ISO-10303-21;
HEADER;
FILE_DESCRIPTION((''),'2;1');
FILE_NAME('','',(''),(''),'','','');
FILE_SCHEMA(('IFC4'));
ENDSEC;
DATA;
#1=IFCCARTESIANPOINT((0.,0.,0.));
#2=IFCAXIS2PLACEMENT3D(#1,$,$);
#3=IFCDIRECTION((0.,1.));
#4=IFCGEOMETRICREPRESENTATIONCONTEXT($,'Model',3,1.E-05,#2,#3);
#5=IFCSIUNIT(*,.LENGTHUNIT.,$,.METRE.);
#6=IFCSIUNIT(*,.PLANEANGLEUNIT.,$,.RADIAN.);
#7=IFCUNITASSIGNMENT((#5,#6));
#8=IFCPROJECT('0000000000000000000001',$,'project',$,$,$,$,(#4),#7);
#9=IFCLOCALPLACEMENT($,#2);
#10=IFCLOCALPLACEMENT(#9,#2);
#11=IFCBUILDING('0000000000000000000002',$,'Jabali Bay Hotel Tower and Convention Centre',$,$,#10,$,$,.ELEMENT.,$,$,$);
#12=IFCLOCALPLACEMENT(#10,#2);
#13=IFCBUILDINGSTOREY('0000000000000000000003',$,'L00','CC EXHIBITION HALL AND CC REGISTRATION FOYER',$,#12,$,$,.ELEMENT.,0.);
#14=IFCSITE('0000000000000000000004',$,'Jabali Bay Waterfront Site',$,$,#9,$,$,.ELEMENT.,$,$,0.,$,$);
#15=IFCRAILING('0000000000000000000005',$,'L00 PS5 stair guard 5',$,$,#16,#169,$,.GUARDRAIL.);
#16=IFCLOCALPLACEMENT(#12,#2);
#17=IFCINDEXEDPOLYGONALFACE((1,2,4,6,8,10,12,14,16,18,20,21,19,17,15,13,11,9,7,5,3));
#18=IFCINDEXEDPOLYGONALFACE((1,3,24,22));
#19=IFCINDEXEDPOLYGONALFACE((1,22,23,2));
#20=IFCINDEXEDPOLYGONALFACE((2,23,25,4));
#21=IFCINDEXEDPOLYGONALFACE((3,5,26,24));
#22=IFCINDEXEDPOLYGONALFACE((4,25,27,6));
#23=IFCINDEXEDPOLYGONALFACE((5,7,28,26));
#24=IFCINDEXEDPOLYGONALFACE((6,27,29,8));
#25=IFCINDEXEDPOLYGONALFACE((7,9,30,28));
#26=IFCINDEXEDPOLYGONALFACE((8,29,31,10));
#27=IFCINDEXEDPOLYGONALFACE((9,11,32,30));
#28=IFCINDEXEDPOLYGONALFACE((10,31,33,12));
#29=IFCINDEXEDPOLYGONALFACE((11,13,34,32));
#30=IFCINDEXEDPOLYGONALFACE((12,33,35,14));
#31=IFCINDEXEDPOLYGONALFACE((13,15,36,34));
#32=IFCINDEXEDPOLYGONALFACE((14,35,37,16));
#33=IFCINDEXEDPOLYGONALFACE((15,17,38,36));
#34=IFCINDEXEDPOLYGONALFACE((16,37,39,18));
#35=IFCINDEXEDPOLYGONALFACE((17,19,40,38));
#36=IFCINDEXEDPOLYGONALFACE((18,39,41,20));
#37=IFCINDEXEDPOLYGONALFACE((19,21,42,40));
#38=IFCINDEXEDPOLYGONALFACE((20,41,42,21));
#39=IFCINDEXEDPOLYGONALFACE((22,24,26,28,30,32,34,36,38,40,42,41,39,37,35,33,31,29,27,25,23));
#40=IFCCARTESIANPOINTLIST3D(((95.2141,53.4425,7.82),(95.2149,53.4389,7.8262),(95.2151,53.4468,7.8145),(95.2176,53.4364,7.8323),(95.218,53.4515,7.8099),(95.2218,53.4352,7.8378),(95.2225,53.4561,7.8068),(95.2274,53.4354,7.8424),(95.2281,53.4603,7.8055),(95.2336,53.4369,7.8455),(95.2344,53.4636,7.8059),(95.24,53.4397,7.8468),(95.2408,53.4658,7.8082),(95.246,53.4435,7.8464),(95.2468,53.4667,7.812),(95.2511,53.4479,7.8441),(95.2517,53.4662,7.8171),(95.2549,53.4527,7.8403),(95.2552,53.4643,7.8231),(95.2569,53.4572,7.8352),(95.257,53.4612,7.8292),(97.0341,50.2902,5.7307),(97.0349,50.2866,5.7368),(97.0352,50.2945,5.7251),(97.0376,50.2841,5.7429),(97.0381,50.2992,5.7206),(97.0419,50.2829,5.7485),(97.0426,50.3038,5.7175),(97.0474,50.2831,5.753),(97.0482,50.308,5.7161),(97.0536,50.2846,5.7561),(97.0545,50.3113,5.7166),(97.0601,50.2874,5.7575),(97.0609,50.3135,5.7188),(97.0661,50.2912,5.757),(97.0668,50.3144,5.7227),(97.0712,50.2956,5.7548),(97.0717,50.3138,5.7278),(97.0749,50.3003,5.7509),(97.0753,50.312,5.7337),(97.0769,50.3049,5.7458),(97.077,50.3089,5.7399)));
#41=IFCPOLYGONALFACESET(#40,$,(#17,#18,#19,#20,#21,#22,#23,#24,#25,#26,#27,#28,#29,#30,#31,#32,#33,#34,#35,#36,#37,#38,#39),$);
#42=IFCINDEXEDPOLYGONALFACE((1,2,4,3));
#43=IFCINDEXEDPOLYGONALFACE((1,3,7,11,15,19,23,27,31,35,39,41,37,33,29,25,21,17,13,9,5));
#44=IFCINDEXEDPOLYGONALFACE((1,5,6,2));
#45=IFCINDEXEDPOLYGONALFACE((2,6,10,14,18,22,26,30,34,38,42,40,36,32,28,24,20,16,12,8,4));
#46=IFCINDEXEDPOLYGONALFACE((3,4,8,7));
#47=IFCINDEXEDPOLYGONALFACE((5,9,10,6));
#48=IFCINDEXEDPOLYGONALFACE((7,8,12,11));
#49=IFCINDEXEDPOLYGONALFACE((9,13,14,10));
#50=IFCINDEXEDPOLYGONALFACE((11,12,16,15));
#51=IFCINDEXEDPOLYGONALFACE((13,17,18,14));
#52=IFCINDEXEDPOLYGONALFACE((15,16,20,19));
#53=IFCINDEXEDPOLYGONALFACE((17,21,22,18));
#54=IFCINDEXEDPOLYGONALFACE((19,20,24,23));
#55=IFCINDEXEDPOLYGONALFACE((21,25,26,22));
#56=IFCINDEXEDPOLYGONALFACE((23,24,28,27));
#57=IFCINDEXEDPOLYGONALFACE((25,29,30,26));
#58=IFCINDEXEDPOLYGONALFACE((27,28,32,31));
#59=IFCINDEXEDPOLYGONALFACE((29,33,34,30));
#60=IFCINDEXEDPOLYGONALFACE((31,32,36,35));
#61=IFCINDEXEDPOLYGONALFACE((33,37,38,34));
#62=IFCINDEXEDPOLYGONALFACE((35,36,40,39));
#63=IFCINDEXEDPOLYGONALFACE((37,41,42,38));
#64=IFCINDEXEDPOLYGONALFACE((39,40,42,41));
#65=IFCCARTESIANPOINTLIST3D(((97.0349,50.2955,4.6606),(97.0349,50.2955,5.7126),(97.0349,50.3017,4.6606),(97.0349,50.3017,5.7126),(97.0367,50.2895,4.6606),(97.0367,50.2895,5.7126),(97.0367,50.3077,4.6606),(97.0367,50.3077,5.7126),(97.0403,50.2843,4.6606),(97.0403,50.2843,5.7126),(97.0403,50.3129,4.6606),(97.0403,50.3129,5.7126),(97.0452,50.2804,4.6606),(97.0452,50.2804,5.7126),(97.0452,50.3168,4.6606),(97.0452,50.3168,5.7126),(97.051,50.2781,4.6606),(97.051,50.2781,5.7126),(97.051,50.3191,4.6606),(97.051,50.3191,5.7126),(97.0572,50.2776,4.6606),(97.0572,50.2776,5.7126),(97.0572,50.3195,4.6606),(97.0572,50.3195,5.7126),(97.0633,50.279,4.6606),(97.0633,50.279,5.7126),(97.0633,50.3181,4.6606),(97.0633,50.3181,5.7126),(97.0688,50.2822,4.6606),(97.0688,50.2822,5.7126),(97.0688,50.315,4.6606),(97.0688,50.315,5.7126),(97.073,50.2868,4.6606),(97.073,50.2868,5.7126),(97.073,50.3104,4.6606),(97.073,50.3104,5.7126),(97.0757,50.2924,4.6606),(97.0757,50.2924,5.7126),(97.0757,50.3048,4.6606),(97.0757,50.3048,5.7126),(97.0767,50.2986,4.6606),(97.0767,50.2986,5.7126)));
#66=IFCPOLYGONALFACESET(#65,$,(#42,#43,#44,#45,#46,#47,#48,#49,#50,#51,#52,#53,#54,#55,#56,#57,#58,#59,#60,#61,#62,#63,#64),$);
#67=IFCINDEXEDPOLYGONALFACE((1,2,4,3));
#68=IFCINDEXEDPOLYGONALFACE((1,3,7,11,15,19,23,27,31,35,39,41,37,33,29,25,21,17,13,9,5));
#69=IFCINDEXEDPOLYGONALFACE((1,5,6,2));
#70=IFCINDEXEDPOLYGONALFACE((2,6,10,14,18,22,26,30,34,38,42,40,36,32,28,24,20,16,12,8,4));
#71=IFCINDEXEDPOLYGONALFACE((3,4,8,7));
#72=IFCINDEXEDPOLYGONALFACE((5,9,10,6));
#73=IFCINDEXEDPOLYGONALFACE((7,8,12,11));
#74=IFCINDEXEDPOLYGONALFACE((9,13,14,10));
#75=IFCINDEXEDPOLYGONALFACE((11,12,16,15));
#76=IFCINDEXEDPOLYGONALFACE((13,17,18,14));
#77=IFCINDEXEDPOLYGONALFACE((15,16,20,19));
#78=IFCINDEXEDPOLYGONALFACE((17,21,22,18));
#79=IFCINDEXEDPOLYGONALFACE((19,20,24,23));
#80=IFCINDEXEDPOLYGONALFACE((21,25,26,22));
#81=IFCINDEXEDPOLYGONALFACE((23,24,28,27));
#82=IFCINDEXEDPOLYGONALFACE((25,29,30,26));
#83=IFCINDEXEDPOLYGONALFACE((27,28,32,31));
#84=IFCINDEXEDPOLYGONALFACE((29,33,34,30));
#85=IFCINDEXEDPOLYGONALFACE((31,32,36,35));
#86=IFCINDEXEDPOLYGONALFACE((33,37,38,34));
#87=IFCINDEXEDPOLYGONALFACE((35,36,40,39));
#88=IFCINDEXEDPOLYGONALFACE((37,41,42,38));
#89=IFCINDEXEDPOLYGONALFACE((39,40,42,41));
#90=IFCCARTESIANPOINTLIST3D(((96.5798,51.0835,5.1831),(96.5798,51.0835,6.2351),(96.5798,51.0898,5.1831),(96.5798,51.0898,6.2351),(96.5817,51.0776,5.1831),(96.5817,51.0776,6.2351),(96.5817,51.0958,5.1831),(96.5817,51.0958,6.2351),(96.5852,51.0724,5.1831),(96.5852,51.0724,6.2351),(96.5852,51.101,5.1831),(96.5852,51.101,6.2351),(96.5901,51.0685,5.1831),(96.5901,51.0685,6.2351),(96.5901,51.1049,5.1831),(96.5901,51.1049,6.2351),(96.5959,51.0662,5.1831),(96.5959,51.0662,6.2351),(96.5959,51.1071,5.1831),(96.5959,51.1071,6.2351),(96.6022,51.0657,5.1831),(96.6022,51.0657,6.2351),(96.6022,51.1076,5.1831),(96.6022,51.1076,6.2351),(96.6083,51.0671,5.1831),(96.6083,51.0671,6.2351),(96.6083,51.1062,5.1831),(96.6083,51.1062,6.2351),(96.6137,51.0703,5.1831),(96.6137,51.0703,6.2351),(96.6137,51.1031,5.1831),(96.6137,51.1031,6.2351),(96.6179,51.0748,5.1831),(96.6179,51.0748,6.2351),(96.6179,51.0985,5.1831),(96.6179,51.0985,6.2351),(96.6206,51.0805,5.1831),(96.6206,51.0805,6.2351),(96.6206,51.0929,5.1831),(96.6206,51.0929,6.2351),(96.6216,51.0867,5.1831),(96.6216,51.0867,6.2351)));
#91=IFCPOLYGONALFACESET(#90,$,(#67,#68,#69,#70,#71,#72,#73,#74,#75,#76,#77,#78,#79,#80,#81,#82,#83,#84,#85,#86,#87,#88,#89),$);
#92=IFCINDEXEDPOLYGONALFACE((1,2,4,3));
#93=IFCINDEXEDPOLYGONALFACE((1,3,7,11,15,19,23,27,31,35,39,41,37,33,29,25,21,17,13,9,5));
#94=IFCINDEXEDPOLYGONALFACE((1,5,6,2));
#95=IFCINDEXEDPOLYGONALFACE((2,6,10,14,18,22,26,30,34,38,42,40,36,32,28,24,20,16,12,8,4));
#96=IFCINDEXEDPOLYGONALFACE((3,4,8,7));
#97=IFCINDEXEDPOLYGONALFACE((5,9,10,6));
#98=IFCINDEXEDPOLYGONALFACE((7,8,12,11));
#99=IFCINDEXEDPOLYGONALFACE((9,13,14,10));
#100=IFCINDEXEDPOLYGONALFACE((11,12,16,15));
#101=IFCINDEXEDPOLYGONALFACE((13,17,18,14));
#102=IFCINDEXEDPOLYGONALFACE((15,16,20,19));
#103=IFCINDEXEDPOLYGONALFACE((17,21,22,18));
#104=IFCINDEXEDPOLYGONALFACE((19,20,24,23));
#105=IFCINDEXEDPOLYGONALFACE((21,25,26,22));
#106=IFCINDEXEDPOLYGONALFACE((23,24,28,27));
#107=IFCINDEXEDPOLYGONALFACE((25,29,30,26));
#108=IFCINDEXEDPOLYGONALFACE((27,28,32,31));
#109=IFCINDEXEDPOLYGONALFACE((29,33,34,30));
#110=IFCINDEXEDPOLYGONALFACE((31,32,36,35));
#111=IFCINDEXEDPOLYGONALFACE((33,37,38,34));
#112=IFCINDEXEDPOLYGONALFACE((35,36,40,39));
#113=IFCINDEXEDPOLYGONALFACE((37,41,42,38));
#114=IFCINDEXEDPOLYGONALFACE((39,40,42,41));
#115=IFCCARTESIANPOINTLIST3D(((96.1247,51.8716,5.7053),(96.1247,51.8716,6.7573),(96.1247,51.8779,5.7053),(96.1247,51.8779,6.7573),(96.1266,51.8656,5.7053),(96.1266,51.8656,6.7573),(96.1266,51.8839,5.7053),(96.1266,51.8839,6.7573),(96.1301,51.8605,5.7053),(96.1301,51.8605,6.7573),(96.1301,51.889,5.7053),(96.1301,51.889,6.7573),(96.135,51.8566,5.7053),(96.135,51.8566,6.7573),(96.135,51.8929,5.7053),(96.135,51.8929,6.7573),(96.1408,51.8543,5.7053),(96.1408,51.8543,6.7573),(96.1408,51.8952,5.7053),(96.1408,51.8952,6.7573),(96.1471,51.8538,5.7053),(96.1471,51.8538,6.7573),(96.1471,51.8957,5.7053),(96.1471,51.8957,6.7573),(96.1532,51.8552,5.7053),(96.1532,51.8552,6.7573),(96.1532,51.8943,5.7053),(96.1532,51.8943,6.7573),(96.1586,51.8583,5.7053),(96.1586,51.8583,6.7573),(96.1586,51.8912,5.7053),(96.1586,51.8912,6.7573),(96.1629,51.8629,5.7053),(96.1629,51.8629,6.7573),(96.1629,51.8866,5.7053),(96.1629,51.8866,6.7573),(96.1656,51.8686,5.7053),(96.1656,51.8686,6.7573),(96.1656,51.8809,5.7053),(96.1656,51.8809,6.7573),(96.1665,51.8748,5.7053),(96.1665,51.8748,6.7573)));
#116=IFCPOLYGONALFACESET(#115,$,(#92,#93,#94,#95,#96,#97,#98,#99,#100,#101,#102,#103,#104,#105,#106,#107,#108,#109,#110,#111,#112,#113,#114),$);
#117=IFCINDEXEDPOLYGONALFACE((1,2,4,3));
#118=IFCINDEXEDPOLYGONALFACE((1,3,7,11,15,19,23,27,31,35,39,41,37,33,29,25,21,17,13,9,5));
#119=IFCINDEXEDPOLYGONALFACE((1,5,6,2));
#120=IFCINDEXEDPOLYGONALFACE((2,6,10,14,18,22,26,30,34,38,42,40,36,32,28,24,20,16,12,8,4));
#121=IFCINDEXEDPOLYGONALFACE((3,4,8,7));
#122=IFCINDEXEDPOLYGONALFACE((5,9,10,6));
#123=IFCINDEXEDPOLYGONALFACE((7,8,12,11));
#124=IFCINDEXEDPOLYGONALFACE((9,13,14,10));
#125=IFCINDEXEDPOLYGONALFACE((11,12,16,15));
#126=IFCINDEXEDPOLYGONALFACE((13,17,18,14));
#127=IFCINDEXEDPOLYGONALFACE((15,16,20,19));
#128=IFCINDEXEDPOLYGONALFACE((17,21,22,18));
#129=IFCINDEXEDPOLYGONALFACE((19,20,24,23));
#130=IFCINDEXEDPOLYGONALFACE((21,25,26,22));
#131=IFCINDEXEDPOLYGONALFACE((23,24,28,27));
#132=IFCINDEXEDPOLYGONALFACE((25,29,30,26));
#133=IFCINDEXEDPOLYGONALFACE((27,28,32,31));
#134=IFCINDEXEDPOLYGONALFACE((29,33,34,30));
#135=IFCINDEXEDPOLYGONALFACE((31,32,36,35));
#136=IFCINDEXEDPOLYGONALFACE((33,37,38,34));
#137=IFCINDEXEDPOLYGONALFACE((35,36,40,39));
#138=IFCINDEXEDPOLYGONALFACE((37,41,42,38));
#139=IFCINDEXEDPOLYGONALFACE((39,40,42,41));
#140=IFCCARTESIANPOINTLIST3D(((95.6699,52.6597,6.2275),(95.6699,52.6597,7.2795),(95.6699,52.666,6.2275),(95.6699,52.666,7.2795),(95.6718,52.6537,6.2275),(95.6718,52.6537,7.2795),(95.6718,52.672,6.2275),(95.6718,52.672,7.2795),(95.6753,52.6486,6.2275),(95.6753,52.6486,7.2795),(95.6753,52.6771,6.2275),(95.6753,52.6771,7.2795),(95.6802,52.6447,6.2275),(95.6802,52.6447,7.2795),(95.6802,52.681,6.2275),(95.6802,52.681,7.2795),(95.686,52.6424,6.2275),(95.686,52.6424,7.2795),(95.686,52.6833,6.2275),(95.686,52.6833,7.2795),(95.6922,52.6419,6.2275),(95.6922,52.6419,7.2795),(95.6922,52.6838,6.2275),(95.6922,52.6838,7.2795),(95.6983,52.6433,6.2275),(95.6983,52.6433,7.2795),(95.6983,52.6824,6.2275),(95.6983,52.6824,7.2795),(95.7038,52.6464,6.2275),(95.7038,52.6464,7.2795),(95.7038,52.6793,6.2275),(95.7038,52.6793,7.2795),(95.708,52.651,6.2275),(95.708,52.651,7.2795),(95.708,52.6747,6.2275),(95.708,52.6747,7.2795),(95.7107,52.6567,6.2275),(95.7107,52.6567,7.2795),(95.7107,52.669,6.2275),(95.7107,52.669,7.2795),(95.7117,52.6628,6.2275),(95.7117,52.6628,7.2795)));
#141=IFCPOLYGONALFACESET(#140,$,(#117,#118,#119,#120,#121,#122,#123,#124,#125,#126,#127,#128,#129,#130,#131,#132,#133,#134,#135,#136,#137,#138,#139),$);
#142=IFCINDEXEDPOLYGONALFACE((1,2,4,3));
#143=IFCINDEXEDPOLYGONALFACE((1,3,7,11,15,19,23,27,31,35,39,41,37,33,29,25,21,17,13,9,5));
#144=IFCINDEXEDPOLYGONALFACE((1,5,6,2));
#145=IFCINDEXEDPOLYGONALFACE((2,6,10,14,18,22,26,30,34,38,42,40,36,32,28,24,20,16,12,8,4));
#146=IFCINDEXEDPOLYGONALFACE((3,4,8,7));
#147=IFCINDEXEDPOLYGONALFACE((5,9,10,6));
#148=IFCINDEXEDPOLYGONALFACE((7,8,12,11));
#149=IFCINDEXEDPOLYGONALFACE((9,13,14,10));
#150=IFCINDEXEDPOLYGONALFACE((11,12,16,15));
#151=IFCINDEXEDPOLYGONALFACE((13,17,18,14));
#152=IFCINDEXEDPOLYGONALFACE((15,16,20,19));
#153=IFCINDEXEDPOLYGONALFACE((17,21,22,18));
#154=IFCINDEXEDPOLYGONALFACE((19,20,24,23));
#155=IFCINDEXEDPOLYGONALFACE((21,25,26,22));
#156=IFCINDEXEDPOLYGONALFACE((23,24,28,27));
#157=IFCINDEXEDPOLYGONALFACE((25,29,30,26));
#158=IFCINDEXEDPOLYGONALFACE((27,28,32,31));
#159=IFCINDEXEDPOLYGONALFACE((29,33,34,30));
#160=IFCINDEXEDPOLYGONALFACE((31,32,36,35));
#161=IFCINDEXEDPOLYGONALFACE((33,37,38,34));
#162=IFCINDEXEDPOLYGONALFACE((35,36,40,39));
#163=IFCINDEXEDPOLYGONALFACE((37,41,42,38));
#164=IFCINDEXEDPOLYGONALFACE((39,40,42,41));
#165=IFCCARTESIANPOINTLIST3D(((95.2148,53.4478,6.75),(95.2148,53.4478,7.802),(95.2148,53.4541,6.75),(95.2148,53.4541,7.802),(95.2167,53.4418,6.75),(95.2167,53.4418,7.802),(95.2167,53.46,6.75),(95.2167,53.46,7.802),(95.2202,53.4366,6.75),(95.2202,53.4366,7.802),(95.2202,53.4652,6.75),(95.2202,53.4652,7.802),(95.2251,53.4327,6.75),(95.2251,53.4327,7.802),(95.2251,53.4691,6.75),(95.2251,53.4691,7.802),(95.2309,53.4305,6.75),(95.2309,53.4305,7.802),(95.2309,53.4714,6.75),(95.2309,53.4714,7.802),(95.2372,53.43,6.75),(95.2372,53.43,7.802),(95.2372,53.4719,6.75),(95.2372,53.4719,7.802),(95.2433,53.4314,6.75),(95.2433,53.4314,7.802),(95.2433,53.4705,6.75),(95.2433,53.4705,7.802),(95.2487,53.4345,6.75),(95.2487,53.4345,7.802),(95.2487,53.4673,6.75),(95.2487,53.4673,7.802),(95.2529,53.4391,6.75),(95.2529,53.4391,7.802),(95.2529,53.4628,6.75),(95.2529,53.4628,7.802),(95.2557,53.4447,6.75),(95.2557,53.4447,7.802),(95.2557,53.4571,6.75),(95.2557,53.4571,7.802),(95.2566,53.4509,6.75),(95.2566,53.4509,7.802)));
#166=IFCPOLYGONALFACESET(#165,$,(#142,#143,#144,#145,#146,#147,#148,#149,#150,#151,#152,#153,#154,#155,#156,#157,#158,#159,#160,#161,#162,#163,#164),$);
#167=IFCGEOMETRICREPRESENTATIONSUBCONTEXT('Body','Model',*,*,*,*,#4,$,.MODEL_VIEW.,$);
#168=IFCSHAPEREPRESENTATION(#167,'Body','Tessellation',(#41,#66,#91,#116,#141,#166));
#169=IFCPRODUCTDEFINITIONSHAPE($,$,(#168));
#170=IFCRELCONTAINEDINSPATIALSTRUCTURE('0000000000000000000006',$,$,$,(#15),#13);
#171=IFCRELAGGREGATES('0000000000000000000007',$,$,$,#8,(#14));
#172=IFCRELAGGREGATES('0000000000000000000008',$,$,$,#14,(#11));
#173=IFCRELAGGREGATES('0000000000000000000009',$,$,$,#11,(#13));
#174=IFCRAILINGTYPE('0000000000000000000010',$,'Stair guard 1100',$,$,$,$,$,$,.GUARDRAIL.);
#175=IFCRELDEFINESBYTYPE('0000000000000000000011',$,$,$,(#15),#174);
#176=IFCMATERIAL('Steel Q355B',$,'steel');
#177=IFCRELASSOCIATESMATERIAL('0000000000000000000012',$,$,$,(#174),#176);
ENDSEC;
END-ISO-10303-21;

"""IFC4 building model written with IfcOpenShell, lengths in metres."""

from ifc_helpers import new_model, si_unit, direction, frame, origin, origin_2d, place, context, subcontext, project, spatial, circle, extrude, material, type_object, element, save


model = new_model("IFC4")

# Units and contexts
model_context = context("Model", 3, precision=1e-05, world=origin(), true_north=direction((0.0, 1.0)))
body_context = subcontext(model_context, "Body", "Model", "MODEL_VIEW")
ifc_project = project(units=[si_unit("LENGTHUNIT", "METRE"), si_unit("PLANEANGLEUNIT", "RADIAN")], contexts=[model_context])

# Site, building, storey
site_placement = place(None, origin())
site = spatial("IfcSite", under=ifc_project, at=site_placement, Name="Jabali Bay Waterfront Site", CompositionType="ELEMENT", RefElevation=0.0)
building_placement = place(site_placement, origin())
building = spatial("IfcBuilding", under=site, at=building_placement, Name="Jabali Bay Hotel Tower and Convention Centre", CompositionType="ELEMENT")
storey_placement = place(building_placement, origin())
storey = spatial("IfcBuildingStorey", under=building, at=storey_placement, Name="L00", Description="CC EXHIBITION HALL AND CC REGISTRATION FOYER", CompositionType="ELEMENT", Elevation=0.0)

# Shared definitions
ifc_material_1 = material(Name="Steel Q355B", Category="steel")

# Railing
railing_type = type_object("IfcRailingType", Name="Stair guard 1100", PredefinedType="GUARDRAIL", material=ifc_material_1)
for number, where, name in (
    (1, (97.0557, 50.2986, 4.6606), "L00 PS5 stair guard 5"),
):
    element("IfcRailing", number, at=place(storey_placement, frame(where)), inside=storey, type_object=railing_type, Name=name, PredefinedType="GUARDRAIL", context=body_context, shape_type="SweptSolid", body=[
        extrude(circle(Radius=0.0239, at=origin_2d()), frame((0.0, 0.0, 1.0762), z_axis=(-0.433653, 0.751084, 0.497814), x_axis=(-0.866018, -0.500013, 0.0)), (0.0, 0.0, 1.0), 4.197),
        extrude(circle(Radius=0.021, at=origin_2d()), origin(), (0.0, 0.0, 1.0), 1.052),
        extrude(circle(Radius=0.021, at=origin_2d()), frame((-0.4551, 0.7881, 0.5225)), (0.0, 0.0, 1.0), 1.052),
        extrude(circle(Radius=0.021, at=origin_2d()), frame((-0.9102, 1.5762, 1.0447)), (0.0, 0.0, 1.0), 1.052),
        extrude(circle(Radius=0.021, at=origin_2d()), frame((-1.365, 2.3643, 1.5669)), (0.0, 0.0, 1.0), 1.052),
        extrude(circle(Radius=0.021, at=origin_2d()), frame((-1.8201, 3.1523, 2.0894)), (0.0, 0.0, 1.0), 1.052),
    ])

save(model, "model.ifc")
